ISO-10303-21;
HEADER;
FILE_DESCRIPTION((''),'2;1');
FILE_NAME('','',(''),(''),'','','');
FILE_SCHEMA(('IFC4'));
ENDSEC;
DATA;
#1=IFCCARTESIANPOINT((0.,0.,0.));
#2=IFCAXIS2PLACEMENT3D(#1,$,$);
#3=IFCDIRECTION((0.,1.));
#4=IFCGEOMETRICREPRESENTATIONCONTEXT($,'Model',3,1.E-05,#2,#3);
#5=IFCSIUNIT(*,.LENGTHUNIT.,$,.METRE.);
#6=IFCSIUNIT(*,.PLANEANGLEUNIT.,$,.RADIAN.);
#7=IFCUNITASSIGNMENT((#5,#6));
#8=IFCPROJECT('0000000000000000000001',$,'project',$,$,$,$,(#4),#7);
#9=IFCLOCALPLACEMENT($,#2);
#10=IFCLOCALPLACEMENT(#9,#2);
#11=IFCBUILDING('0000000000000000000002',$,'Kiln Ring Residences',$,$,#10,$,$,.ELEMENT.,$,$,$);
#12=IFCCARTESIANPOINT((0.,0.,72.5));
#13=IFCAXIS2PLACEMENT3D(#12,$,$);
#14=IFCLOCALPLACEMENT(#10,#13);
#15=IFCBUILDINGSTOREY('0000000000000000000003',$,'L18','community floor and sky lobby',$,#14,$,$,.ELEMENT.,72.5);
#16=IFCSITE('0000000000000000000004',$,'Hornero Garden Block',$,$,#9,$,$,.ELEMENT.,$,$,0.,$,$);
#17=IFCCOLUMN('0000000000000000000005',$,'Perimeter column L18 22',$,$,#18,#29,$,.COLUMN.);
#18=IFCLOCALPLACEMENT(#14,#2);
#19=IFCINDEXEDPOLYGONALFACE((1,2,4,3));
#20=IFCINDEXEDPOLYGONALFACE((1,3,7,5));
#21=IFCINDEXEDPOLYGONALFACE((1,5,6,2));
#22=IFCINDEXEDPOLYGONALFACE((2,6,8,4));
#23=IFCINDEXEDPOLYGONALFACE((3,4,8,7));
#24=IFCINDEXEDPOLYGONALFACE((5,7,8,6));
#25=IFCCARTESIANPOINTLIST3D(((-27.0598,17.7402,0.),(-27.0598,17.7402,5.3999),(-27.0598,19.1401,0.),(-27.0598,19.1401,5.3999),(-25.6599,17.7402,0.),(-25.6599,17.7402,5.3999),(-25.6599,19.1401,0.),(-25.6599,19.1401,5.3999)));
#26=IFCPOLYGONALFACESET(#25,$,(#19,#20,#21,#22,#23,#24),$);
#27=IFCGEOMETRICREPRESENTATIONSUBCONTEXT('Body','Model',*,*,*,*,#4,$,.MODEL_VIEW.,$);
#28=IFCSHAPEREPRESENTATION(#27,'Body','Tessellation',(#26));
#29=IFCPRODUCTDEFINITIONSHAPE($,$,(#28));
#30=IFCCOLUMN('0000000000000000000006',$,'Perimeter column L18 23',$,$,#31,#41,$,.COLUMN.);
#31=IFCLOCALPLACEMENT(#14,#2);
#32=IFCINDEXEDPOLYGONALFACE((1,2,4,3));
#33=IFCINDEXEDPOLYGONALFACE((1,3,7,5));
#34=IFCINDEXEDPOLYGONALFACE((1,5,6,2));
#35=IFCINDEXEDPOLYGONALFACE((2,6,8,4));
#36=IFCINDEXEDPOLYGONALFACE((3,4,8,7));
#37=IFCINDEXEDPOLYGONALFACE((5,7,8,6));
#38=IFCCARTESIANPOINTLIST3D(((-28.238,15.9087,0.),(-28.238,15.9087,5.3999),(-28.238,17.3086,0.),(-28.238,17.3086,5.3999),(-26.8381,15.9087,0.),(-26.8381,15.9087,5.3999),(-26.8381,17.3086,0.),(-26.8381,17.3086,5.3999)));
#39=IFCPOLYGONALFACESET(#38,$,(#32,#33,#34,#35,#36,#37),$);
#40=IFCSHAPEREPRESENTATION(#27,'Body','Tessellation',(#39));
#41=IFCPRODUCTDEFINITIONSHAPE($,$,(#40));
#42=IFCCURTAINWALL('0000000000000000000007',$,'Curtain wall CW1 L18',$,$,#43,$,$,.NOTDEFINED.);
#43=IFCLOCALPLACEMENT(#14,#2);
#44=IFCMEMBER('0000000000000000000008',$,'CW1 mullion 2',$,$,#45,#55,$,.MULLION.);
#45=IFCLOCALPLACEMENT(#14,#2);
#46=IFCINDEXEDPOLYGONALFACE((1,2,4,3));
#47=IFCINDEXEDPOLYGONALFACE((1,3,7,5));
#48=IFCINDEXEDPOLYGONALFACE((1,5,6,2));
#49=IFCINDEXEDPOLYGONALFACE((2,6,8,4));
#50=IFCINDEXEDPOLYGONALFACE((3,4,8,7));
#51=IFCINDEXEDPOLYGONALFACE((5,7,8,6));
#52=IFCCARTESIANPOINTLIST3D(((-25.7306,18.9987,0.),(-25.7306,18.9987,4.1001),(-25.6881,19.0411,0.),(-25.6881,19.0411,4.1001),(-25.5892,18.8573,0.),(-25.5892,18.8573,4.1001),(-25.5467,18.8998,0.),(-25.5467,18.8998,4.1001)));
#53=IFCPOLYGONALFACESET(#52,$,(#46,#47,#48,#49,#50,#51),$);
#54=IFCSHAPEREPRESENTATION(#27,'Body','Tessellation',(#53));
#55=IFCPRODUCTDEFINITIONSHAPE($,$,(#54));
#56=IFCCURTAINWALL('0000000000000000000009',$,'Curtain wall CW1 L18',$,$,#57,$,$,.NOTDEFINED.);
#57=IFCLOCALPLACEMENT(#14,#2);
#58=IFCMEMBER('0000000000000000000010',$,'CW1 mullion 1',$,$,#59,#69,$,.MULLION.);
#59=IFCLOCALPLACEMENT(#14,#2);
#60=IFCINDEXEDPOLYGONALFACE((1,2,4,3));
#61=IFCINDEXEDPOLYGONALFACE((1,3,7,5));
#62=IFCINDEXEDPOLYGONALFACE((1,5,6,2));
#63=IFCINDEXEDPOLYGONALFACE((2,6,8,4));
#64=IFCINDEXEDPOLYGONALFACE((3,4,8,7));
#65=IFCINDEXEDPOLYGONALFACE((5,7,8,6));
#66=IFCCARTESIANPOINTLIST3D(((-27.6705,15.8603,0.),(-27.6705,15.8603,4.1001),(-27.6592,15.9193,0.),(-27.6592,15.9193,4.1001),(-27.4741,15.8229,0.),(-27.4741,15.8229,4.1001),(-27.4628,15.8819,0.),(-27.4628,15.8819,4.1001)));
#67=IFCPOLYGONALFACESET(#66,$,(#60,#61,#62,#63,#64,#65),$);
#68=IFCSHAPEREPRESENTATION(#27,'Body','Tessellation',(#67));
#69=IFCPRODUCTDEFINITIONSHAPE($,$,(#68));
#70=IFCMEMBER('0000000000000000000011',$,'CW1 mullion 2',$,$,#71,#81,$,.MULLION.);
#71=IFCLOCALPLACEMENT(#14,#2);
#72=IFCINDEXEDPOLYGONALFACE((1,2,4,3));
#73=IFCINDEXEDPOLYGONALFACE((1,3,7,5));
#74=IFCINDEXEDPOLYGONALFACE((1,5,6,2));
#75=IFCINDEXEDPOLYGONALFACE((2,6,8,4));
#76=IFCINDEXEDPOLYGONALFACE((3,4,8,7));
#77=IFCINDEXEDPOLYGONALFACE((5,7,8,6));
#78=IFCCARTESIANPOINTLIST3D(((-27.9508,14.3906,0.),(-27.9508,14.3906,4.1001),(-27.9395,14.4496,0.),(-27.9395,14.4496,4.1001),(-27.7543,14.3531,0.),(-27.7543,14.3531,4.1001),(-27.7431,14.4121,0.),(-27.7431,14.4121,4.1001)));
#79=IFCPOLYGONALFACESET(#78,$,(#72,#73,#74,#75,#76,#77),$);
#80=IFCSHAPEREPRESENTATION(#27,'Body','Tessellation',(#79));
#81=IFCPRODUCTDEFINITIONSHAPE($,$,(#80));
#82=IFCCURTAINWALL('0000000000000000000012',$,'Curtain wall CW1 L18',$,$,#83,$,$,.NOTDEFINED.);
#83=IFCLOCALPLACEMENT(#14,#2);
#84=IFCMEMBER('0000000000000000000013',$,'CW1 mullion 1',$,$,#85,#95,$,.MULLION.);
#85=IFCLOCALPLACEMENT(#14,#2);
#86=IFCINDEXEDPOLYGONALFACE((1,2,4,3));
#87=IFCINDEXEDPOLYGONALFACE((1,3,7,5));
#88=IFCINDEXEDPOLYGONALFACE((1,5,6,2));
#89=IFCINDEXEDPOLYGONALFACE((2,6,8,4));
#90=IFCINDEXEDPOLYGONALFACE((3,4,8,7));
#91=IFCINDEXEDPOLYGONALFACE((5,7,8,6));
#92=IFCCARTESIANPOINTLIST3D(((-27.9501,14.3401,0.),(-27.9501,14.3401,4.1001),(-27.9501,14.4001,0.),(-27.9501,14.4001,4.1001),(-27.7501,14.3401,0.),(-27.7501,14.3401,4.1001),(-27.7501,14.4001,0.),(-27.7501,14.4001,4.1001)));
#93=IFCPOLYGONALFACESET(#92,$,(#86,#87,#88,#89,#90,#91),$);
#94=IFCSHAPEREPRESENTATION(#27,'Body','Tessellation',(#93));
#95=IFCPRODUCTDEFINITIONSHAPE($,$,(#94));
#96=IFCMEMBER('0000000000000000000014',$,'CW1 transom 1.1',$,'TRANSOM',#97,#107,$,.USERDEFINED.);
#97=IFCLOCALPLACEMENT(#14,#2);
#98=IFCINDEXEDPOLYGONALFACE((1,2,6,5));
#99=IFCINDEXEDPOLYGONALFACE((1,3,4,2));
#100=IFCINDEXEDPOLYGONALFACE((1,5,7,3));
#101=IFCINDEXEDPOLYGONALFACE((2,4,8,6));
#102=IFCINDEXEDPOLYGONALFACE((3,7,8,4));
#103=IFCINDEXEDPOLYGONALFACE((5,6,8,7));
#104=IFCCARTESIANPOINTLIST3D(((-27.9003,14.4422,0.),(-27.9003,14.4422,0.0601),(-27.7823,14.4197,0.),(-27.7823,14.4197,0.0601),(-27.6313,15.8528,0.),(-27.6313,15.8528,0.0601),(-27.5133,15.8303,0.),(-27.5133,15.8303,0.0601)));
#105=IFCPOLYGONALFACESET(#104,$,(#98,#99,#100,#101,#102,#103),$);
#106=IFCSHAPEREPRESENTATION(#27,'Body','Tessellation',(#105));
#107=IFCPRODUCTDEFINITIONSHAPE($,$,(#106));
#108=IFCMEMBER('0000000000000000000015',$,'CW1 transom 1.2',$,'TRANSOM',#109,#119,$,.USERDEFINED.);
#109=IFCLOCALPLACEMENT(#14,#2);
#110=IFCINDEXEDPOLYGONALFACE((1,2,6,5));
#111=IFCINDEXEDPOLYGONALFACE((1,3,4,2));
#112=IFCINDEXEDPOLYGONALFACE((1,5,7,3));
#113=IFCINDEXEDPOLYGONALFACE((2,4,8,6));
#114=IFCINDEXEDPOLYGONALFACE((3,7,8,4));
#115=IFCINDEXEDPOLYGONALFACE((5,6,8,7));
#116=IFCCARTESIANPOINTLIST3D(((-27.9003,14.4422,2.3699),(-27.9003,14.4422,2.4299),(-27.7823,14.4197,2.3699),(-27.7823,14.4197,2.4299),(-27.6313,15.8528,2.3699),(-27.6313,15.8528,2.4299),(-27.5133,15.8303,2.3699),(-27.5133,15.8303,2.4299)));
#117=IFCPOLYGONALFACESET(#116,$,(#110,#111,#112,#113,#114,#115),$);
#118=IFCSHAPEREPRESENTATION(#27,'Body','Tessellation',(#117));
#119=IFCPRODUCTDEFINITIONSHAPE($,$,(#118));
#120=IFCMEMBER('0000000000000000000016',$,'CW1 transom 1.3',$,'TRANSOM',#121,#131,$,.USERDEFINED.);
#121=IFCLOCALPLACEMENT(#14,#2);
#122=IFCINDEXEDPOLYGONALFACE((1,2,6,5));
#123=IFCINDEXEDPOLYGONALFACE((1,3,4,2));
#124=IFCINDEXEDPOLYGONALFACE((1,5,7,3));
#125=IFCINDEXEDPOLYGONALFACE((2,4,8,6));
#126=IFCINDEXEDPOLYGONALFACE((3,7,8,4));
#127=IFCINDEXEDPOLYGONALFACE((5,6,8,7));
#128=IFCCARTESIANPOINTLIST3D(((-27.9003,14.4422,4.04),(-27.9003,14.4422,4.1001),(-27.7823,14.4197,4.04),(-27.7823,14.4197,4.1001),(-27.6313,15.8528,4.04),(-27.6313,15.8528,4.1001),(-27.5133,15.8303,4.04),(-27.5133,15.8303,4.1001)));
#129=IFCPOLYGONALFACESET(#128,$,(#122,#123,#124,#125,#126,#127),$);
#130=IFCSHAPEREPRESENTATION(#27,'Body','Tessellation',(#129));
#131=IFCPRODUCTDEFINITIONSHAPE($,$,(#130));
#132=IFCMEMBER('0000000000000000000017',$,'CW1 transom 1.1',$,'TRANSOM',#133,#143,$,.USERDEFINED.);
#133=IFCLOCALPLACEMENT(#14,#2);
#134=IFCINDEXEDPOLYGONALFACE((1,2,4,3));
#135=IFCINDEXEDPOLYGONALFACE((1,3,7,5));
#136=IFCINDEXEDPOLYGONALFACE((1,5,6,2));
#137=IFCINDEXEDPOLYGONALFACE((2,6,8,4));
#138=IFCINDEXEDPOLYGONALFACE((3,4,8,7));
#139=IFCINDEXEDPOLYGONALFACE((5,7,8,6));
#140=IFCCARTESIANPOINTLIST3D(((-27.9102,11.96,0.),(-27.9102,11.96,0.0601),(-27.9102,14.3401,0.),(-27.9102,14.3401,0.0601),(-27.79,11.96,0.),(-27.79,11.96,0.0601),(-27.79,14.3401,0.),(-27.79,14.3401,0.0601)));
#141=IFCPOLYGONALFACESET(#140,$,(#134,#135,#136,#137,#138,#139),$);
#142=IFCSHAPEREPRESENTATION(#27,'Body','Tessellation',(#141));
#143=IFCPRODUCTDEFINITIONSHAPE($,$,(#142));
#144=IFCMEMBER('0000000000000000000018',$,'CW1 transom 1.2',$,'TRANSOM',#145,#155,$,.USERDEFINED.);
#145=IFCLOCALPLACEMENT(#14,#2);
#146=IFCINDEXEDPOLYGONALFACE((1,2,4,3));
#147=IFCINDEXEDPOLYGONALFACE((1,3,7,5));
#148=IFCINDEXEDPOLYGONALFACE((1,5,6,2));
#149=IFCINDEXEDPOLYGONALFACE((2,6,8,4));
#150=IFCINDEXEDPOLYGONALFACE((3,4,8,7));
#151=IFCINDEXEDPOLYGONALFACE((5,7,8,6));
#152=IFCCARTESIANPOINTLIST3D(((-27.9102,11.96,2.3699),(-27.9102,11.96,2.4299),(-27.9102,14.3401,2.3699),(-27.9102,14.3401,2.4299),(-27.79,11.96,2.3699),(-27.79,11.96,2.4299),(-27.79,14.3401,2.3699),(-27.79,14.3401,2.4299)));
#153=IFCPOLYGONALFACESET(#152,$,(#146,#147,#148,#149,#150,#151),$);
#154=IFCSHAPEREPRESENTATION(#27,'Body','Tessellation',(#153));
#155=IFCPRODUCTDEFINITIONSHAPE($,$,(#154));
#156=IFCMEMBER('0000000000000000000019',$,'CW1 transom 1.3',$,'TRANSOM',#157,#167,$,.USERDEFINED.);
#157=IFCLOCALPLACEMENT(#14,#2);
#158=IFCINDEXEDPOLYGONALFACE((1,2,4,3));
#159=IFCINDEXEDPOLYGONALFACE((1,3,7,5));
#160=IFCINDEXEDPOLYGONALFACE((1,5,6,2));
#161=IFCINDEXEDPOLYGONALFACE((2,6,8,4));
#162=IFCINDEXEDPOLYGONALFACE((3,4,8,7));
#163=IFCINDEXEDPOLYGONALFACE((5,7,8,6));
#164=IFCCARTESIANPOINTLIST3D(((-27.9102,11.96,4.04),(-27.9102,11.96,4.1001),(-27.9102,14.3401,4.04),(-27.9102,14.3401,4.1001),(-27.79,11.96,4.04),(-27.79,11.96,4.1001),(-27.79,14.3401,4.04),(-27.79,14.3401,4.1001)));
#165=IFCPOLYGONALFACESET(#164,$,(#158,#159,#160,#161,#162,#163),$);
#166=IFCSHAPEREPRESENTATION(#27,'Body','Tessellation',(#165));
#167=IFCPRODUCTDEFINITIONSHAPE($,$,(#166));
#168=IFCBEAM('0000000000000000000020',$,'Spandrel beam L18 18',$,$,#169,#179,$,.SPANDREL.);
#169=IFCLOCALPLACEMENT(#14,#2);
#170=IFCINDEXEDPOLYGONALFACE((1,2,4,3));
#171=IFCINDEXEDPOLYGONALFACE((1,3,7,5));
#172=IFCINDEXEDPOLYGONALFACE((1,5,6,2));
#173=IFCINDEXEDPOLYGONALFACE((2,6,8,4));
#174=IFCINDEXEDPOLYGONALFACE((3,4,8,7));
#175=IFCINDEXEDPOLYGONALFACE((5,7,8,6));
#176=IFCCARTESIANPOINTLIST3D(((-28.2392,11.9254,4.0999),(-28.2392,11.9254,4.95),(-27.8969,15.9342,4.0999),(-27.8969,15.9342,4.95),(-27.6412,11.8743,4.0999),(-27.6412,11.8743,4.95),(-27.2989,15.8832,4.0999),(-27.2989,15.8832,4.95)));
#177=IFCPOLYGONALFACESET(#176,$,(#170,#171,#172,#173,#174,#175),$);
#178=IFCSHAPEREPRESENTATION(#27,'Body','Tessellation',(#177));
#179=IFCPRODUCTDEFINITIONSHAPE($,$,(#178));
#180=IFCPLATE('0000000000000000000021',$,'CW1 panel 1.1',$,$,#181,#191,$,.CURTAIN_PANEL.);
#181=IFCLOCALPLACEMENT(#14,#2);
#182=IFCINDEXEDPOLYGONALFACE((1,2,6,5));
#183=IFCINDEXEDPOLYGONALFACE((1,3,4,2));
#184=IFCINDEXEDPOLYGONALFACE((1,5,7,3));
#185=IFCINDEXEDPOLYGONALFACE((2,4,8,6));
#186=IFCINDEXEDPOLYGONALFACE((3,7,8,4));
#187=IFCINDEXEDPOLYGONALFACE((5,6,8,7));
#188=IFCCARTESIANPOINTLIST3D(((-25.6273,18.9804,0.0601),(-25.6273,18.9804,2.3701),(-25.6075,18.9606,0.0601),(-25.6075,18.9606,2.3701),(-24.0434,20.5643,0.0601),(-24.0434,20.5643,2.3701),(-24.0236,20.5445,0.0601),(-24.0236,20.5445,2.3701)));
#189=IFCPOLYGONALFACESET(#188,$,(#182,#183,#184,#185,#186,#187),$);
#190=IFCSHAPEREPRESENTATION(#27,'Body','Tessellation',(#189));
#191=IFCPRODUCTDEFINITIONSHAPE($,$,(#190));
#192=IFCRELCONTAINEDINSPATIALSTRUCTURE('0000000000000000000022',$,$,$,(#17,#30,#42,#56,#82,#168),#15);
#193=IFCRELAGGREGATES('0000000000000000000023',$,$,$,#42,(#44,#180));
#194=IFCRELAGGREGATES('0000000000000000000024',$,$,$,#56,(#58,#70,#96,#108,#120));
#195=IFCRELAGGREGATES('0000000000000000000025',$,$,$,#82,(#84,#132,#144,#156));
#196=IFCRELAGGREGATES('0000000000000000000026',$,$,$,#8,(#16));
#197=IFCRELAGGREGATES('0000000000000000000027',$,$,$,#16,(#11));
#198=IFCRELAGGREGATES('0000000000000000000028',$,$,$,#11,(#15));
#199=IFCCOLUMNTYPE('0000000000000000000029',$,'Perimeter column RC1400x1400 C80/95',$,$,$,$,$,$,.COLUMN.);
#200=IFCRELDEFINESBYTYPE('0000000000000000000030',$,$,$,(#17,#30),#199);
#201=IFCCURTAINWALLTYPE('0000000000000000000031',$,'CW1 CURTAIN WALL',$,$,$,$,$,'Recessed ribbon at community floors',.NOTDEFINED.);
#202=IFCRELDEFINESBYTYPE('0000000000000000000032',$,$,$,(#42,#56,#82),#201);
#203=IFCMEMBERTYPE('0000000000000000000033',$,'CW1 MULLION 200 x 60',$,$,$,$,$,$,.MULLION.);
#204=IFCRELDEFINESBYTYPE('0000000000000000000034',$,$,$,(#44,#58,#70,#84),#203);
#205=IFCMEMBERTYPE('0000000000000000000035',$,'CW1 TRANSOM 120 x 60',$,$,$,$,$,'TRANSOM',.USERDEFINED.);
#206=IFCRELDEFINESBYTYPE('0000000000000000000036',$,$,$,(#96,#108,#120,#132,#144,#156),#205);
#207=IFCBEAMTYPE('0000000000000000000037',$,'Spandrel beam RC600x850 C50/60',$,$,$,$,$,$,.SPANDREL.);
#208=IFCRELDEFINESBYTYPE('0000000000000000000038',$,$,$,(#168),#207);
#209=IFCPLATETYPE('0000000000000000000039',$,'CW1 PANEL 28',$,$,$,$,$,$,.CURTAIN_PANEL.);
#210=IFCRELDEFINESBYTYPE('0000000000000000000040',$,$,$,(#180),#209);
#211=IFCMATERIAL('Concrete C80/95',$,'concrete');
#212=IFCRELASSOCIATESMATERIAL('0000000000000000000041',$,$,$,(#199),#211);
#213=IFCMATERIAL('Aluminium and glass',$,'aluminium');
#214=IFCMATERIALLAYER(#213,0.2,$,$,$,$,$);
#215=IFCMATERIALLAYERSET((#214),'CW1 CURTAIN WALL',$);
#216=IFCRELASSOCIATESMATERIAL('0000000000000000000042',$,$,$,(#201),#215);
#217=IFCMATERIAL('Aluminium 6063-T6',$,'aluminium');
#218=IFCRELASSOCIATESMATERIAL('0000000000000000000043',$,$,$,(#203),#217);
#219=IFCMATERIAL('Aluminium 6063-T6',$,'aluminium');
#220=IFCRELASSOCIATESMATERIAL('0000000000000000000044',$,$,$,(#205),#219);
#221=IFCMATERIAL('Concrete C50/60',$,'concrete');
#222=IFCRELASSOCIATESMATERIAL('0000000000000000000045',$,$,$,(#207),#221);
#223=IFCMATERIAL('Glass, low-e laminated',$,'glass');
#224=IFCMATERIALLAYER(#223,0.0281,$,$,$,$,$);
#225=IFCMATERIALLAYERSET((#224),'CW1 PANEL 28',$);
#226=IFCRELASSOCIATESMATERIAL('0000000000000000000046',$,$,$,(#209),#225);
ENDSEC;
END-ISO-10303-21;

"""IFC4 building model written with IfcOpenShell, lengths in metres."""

from ifc_helpers import new_model, si_unit, direction, frame, origin, origin_2d, place, context, subcontext, project, spatial, rectangle, extrude, material, layer, layer_set, material_profile, profile_set, type_object, element, aggregate, save


model = new_model("IFC4")

# Units and contexts
model_context = context("Model", 3, precision=1e-05, world=origin(), true_north=direction((0.0, 1.0)))
body_context = subcontext(model_context, "Body", "Model", "MODEL_VIEW")
ifc_project = project(units=[si_unit("LENGTHUNIT", "METRE"), si_unit("PLANEANGLEUNIT", "RADIAN")], contexts=[model_context])

# Site, building, storey
site_placement = place(None, origin())
site = spatial("IfcSite", under=ifc_project, at=site_placement, Name="Hornero Garden Block", CompositionType="ELEMENT", RefElevation=0.0)
building_placement = place(site_placement, origin())
building = spatial("IfcBuilding", under=site, at=building_placement, Name="Kiln Ring Residences", CompositionType="ELEMENT")
storey_placement = place(building_placement, frame((0.0, 0.0, 72.5)))
storey = spatial("IfcBuildingStorey", under=building, at=storey_placement, Name="L18", Description="community floor and sky lobby", CompositionType="ELEMENT", Elevation=72.5)

# Columns
ifc_material_1 = material(Name="Concrete C80/95", Category="concrete")
ifc_material_profile_1 = material_profile(ifc_material_1, rectangle(XDim=1.3999, YDim=1.3999, at=origin_2d()), Name="RC1400x1400")
ifc_profile_set_1 = profile_set([ifc_material_profile_1], Name="Concrete C80/95")
column_type = type_object("IfcColumnType", Name="Perimeter column RC1400x1400 C80/95", PredefinedType="COLUMN", material=ifc_profile_set_1)
for number, where, z_axis, x_axis, name in (
    (1, (-26.3599, 18.4402, 0.0), (0.0, 0.0, 1.0), (1.0, 0.0, 0.0), "Perimeter column L18 22"),
    (2, (-27.5381, 16.6086, 0.0), (0.0, 0.0, 1.0), (1.0, 0.0, 0.0), "Perimeter column L18 23"),
):
    element("IfcColumn", number, at=place(storey_placement, frame(where, z_axis=z_axis, x_axis=x_axis)), inside=storey, type_object=column_type, Name=name, PredefinedType="COLUMN", context=body_context, shape_type="SweptSolid", body=[
        extrude(rectangle(XDim=1.3999, YDim=1.3999, at=origin_2d()), origin(), (0.0, 0.0, 1.0), 5.3999),
    ])

# Curtain wall, member
ifc_material_2 = material(Name="Aluminium and glass", Category="aluminium")
ifc_layer_1 = layer(ifc_material_2, 0.2)
ifc_layer_set_1 = layer_set([ifc_layer_1], Name="CW1 CURTAIN WALL")
curtain_wall_type = type_object("IfcCurtainWallType", Name="CW1 CURTAIN WALL", ElementType="Recessed ribbon at community floors", PredefinedType="NOTDEFINED", material=ifc_layer_set_1)
placement = place(storey_placement, origin())
curtain_wall_1 = element("IfcCurtainWall", 3, at=placement, inside=storey, type_object=curtain_wall_type, Name="Curtain wall CW1 L18", PredefinedType="NOTDEFINED")
ifc_material_3 = material(Name="Aluminium 6063-T6", Category="aluminium")
ifc_material_profile_2 = material_profile(ifc_material_3, rectangle(XDim=0.2, YDim=0.0601, at=origin_2d()), Name="AL 200x60")
ifc_profile_set_2 = profile_set([ifc_material_profile_2], Name="Aluminium 6063-T6")
member_type_1 = type_object("IfcMemberType", Name="CW1 MULLION 200 x 60", PredefinedType="MULLION", material=ifc_profile_set_2)
member_1_placement = place(storey_placement, frame((-25.6387, 18.9492, 0.0), z_axis=(0.0, 0.0, 1.0), x_axis=(0.707107, -0.707107, 0.0)))
member_1 = element("IfcMember", 4, at=member_1_placement, type_object=member_type_1, Name="CW1 mullion 2", PredefinedType="MULLION", context=body_context, shape_type="SweptSolid", body=[
    extrude(rectangle(XDim=0.2, YDim=0.0601, at=origin_2d()), origin(), (0.0, 0.0, 1.0), 4.1001),
])

# Curtain wall, members
curtain_wall_2 = element("IfcCurtainWall", 5, at=placement, inside=storey, type_object=curtain_wall_type, Name="Curtain wall CW1 L18", PredefinedType="NOTDEFINED")
member_2_placement = place(storey_placement, frame((-27.5667, 15.8711, 0.0), z_axis=(0.0, 0.0, 1.0), x_axis=(0.98229, -0.187366, 0.0)))
member_2 = element("IfcMember", 6, at=member_2_placement, type_object=member_type_1, Name="CW1 mullion 1", PredefinedType="MULLION", context=body_context, shape_type="SweptSolid", body=[
    extrude(rectangle(XDim=0.2, YDim=0.0601, at=origin_2d()), origin(), (0.0, 0.0, 1.0), 4.1001),
])
member_3_placement = place(storey_placement, frame((-27.8469, 14.4014, 0.0), z_axis=(0.0, 0.0, 1.0), x_axis=(0.98229, -0.187366, 0.0)))
member_3 = element("IfcMember", 7, at=member_3_placement, type_object=member_type_1, Name="CW1 mullion 2", PredefinedType="MULLION", context=body_context, shape_type="SweptSolid", body=[
    extrude(rectangle(XDim=0.2, YDim=0.0601, at=origin_2d()), origin(), (0.0, 0.0, 1.0), 4.1001),
])

# Curtain wall, member
curtain_wall_3 = element("IfcCurtainWall", 8, at=placement, inside=storey, type_object=curtain_wall_type, Name="Curtain wall CW1 L18", PredefinedType="NOTDEFINED")
member_4_placement = place(storey_placement, frame((-27.8501, 14.3701, 0.0), z_axis=(0.0, 0.0, 1.0), x_axis=(1.0, 0.0, 0.0)))
member_4 = element("IfcMember", 9, at=member_4_placement, type_object=member_type_1, Name="CW1 mullion 1", PredefinedType="MULLION", context=body_context, shape_type="SweptSolid", body=[
    extrude(rectangle(XDim=0.2, YDim=0.0601, at=origin_2d()), origin(), (0.0, 0.0, 1.0), 4.1001),
])

# Members
ifc_material_4 = material(Name="Aluminium 6063-T6", Category="aluminium")
ifc_material_profile_3 = material_profile(ifc_material_4, rectangle(XDim=0.1201, YDim=0.0601, at=origin_2d()), Name="AL 120x60")
ifc_profile_set_3 = profile_set([ifc_material_profile_3], Name="Aluminium 6063-T6")
member_type_2 = type_object("IfcMemberType", Name="CW1 TRANSOM 120 x 60", ElementType="TRANSOM", PredefinedType="USERDEFINED", material=ifc_profile_set_3)
member_5_placement = place(storey_placement, frame((-27.5723, 15.8416, 0.03), z_axis=(-0.187346, -0.982294, 0.0), x_axis=(0.982294, -0.187346, 0.0)))
member_5 = element("IfcMember", 10, at=member_5_placement, type_object=member_type_2, Name="CW1 transom 1.1", ObjectType="TRANSOM", PredefinedType="USERDEFINED", context=body_context, shape_type="SweptSolid", body=[
    extrude(rectangle(XDim=0.1201, YDim=0.0601, at=origin_2d()), origin(), (0.0, 0.0, 1.0), 1.436),
])
member_6_placement = place(storey_placement, frame((-27.5723, 15.8416, 2.3999), z_axis=(-0.187346, -0.982294, 0.0), x_axis=(0.982294, -0.187346, 0.0)))
member_6 = element("IfcMember", 11, at=member_6_placement, type_object=member_type_2, Name="CW1 transom 1.2", ObjectType="TRANSOM", PredefinedType="USERDEFINED", context=body_context, shape_type="SweptSolid", body=[
    extrude(rectangle(XDim=0.1201, YDim=0.0601, at=origin_2d()), origin(), (0.0, 0.0, 1.0), 1.436),
])
member_7_placement = place(storey_placement, frame((-27.5723, 15.8416, 4.0701), z_axis=(-0.187346, -0.982294, 0.0), x_axis=(0.982294, -0.187346, 0.0)))
member_7 = element("IfcMember", 12, at=member_7_placement, type_object=member_type_2, Name="CW1 transom 1.3", ObjectType="TRANSOM", PredefinedType="USERDEFINED", context=body_context, shape_type="SweptSolid", body=[
    extrude(rectangle(XDim=0.1201, YDim=0.0601, at=origin_2d()), origin(), (0.0, 0.0, 1.0), 1.436),
])
member_8_placement = place(storey_placement, frame((-27.8501, 14.3401, 0.03), z_axis=(0.0, -1.0, 0.0), x_axis=(1.0, 0.0, 0.0)))
member_8 = element("IfcMember", 13, at=member_8_placement, type_object=member_type_2, Name="CW1 transom 1.1", ObjectType="TRANSOM", PredefinedType="USERDEFINED", context=body_context, shape_type="SweptSolid", body=[
    extrude(rectangle(XDim=0.1201, YDim=0.0601, at=origin_2d()), origin(), (0.0, 0.0, 1.0), 2.3801),
])
member_9_placement = place(storey_placement, frame((-27.8501, 14.3401, 2.3999), z_axis=(0.0, -1.0, 0.0), x_axis=(1.0, 0.0, 0.0)))
member_9 = element("IfcMember", 14, at=member_9_placement, type_object=member_type_2, Name="CW1 transom 1.2", ObjectType="TRANSOM", PredefinedType="USERDEFINED", context=body_context, shape_type="SweptSolid", body=[
    extrude(rectangle(XDim=0.1201, YDim=0.0601, at=origin_2d()), origin(), (0.0, 0.0, 1.0), 2.3801),
])
member_10_placement = place(storey_placement, frame((-27.8501, 14.3401, 4.0701), z_axis=(0.0, -1.0, 0.0), x_axis=(1.0, 0.0, 0.0)))
member_10 = element("IfcMember", 15, at=member_10_placement, type_object=member_type_2, Name="CW1 transom 1.3", ObjectType="TRANSOM", PredefinedType="USERDEFINED", context=body_context, shape_type="SweptSolid", body=[
    extrude(rectangle(XDim=0.1201, YDim=0.0601, at=origin_2d()), origin(), (0.0, 0.0, 1.0), 2.3801),
])

# Beam
ifc_material_5 = material(Name="Concrete C50/60", Category="concrete")
ifc_material_profile_4 = material_profile(ifc_material_5, rectangle(XDim=0.6001, YDim=0.8501, at=origin_2d()), Name="RC600x850")
ifc_profile_set_4 = profile_set([ifc_material_profile_4], Name="Concrete C50/60")
beam_type = type_object("IfcBeamType", Name="Spandrel beam RC600x850 C50/60", PredefinedType="SPANDREL", material=ifc_profile_set_4)
beam_placement = place(storey_placement, frame((-27.5979, 15.9087, 4.5249), z_axis=(-0.085074, -0.996375, 0.0), x_axis=(0.996375, -0.085074, 0.0)))
element("IfcBeam", 16, at=beam_placement, inside=storey, type_object=beam_type, Name="Spandrel beam L18 18", PredefinedType="SPANDREL", context=body_context, shape_type="SweptSolid", body=[
    extrude(rectangle(XDim=0.6001, YDim=0.8501, at=origin_2d()), origin(), (0.0, 0.0, 1.0), 4.0234),
])

# Plate
ifc_material_6 = material(Name="Glass, low-e laminated", Category="glass")
ifc_layer_2 = layer(ifc_material_6, 0.0281)
ifc_layer_set_2 = layer_set([ifc_layer_2], Name="CW1 PANEL 28")
plate_type = type_object("IfcPlateType", Name="CW1 PANEL 28", PredefinedType="CURTAIN_PANEL", material=ifc_layer_set_2)
plate_1_placement = place(storey_placement, frame((-24.8254, 19.7625, 0.0601), z_axis=(0.0, 0.0, 1.0), x_axis=(-0.707107, -0.707107, 0.0)))
plate_1 = element("IfcPlate", 17, at=plate_1_placement, type_object=plate_type, Name="CW1 panel 1.1", PredefinedType="CURTAIN_PANEL", context=body_context, shape_type="SweptSolid", body=[
    extrude(rectangle(XDim=2.24, YDim=0.0281, at=origin_2d()), origin(), (0.0, 0.0, 1.0), 2.3101),
])
aggregate(curtain_wall_1, [member_1, plate_1])
aggregate(curtain_wall_2, [member_2, member_3, member_5, member_6, member_7])
aggregate(curtain_wall_3, [member_4, member_8, member_9, member_10])

save(model, "model.ifc")
